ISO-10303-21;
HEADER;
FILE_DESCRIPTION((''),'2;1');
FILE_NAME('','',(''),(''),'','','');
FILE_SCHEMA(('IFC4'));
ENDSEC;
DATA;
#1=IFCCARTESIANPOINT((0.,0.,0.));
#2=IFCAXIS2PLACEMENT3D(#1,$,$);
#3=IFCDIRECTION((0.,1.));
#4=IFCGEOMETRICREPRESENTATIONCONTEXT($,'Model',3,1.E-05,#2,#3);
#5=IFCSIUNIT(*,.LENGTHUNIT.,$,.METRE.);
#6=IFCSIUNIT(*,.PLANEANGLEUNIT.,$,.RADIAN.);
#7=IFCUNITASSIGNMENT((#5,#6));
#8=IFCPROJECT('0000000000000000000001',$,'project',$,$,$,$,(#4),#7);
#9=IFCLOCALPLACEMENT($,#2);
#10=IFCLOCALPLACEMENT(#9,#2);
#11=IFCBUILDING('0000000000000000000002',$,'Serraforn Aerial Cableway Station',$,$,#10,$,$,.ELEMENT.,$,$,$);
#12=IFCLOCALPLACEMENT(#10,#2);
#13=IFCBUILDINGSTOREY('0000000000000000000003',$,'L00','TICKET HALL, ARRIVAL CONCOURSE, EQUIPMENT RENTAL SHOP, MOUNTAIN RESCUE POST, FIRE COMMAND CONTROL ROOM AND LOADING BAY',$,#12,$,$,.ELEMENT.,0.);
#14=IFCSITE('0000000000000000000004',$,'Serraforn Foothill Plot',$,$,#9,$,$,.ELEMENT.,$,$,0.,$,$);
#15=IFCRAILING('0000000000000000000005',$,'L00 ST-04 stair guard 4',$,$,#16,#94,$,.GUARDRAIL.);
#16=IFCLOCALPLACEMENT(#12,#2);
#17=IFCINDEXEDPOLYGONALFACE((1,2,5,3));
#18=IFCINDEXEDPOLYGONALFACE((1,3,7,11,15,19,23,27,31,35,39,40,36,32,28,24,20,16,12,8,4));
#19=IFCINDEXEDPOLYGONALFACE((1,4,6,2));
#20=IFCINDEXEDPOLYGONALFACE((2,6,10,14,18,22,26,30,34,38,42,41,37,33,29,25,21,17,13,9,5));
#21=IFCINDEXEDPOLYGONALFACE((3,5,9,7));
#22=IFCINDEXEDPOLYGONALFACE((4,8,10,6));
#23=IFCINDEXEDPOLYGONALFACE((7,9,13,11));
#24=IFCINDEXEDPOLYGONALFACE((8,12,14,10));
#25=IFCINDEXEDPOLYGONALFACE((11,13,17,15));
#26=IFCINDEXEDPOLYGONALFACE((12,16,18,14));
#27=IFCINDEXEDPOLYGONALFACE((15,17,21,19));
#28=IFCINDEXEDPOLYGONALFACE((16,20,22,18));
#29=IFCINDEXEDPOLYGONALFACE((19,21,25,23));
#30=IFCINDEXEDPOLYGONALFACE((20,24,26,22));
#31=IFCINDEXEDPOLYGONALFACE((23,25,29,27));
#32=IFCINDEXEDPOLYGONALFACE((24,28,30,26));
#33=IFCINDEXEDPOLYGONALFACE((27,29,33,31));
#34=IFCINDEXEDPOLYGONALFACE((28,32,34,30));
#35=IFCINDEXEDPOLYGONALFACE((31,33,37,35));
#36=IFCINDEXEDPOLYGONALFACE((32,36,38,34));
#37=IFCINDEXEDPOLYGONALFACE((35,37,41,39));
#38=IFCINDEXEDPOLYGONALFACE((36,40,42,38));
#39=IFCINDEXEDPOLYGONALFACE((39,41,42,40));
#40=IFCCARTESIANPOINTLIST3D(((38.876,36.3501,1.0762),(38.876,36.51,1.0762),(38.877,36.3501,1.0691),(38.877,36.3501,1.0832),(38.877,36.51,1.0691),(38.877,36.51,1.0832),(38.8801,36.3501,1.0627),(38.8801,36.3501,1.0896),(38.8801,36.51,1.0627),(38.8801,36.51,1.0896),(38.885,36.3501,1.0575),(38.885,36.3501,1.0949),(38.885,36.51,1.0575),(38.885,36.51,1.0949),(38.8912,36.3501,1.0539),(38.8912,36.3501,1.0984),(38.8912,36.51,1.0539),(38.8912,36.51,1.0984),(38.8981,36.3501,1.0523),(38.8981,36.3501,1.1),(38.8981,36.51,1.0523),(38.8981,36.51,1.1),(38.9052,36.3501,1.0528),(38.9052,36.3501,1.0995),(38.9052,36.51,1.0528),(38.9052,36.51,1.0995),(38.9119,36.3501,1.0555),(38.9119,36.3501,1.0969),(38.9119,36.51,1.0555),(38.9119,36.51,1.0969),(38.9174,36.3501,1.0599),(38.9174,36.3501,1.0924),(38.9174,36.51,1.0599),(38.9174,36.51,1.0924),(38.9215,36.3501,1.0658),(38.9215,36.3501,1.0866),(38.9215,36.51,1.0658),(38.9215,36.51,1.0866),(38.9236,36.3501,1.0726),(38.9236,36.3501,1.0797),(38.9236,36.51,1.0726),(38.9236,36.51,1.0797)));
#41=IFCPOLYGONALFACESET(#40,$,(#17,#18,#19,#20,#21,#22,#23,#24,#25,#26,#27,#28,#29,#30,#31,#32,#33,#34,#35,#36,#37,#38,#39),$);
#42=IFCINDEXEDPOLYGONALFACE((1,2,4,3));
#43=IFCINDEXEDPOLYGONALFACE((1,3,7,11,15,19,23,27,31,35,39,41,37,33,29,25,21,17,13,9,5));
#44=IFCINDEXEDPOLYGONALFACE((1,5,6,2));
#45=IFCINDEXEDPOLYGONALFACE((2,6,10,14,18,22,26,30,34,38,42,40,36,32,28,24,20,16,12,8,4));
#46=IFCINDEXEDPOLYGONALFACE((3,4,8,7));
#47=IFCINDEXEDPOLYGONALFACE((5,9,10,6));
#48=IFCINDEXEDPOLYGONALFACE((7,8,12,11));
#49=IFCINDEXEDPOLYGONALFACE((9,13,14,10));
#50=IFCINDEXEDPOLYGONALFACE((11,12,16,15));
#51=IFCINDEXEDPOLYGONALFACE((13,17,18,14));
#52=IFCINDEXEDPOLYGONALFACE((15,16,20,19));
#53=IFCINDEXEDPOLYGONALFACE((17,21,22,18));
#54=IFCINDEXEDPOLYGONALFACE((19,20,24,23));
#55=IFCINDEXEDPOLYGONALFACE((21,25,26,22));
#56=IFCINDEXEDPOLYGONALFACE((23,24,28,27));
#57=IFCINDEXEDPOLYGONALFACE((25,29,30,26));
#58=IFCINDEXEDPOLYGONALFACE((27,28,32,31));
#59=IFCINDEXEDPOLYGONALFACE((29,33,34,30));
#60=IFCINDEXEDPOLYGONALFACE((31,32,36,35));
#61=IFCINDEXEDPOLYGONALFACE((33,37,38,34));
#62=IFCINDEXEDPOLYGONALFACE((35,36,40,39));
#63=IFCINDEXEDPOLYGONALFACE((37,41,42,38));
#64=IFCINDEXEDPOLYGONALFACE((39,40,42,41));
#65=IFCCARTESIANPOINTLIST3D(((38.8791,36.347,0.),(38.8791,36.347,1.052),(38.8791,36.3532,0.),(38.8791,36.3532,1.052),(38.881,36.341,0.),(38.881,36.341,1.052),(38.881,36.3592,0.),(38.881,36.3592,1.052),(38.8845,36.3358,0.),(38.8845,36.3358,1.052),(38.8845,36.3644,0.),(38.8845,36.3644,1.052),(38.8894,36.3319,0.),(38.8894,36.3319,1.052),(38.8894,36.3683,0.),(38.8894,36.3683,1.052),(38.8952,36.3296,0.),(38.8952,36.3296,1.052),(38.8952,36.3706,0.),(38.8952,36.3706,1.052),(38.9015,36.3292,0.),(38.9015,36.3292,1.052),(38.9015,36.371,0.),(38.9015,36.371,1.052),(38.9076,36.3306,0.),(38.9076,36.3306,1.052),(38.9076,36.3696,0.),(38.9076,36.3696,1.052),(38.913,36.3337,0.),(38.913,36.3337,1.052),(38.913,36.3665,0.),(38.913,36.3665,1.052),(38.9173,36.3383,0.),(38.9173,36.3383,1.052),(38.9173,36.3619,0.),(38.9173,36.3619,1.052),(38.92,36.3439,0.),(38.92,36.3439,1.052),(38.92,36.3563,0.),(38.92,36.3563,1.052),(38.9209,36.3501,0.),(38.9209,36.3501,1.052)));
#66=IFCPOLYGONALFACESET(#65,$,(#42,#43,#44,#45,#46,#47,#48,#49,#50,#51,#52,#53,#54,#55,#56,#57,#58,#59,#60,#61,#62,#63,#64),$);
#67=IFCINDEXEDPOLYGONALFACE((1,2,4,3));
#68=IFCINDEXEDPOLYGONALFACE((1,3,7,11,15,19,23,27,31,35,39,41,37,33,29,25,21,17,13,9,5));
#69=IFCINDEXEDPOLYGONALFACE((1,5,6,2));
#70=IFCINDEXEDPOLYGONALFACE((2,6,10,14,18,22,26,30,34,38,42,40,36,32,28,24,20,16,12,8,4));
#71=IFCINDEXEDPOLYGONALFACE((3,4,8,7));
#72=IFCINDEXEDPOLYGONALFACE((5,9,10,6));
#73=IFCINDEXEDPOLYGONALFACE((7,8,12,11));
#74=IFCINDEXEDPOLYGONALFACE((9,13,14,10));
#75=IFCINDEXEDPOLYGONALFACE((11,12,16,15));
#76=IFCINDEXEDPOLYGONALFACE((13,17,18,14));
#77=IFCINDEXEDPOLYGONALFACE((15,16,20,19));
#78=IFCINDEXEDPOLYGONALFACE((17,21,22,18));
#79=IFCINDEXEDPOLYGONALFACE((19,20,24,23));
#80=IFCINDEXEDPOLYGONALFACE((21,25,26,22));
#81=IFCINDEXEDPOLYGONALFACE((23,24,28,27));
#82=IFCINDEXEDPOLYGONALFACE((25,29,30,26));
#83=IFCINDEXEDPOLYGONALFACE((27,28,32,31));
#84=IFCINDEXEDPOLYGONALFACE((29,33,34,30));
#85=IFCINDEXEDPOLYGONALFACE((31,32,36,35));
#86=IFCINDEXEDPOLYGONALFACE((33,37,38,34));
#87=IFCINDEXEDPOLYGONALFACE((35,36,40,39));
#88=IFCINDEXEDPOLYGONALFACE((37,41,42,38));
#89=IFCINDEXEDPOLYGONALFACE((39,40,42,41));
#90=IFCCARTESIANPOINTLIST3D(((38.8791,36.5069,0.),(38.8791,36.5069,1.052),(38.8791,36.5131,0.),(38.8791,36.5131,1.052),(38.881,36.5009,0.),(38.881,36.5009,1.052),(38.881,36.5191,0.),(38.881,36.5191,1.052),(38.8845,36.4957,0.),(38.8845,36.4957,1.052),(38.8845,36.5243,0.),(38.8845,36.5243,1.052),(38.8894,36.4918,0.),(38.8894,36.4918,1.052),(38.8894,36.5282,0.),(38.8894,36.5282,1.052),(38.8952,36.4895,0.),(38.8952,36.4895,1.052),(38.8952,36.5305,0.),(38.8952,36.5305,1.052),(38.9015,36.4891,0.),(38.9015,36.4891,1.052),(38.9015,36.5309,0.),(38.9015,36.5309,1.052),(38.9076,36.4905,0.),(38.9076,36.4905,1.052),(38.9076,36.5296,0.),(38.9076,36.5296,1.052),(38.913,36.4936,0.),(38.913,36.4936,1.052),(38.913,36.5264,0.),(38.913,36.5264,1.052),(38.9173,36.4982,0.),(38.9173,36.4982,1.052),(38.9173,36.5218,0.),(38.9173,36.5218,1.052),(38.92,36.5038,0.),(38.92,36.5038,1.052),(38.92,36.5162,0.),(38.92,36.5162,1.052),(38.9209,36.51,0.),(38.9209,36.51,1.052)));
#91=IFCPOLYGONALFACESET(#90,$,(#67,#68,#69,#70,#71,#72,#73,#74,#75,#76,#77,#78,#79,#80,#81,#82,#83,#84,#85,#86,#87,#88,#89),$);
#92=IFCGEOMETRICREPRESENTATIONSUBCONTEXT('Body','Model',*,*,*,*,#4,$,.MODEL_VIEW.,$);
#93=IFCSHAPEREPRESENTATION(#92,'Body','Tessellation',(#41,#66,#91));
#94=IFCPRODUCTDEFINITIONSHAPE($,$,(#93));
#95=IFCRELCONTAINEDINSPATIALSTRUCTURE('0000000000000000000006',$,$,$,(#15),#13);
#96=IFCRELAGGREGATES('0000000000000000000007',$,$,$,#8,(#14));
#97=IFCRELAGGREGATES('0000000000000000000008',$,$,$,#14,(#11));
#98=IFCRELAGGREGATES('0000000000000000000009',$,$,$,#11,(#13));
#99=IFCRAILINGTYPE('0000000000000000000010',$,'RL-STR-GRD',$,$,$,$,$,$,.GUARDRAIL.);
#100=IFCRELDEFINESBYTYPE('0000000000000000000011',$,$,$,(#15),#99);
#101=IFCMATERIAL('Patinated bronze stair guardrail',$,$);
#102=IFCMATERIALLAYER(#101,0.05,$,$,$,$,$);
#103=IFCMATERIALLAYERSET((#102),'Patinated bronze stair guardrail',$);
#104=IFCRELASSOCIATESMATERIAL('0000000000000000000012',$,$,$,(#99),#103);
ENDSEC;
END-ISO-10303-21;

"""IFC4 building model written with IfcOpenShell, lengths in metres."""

from ifc_helpers import new_model, si_unit, direction, frame, origin, origin_2d, place, context, subcontext, project, spatial, circle, extrude, material, layer, layer_set, type_object, element, save


model = new_model("IFC4")

# Units and contexts
model_context = context("Model", 3, precision=1e-05, world=origin(), true_north=direction((0.0, 1.0)))
body_context = subcontext(model_context, "Body", "Model", "MODEL_VIEW")
ifc_project = project(units=[si_unit("LENGTHUNIT", "METRE"), si_unit("PLANEANGLEUNIT", "RADIAN")], contexts=[model_context])

# Site, building, storey
site_placement = place(None, origin())
site = spatial("IfcSite", under=ifc_project, at=site_placement, Name="Serraforn Foothill Plot", CompositionType="ELEMENT", RefElevation=0.0)
building_placement = place(site_placement, origin())
building = spatial("IfcBuilding", under=site, at=building_placement, Name="Serraforn Aerial Cableway Station", CompositionType="ELEMENT")
storey_placement = place(building_placement, origin())
storey = spatial("IfcBuildingStorey", under=building, at=storey_placement, Name="L00", Description="TICKET HALL, ARRIVAL CONCOURSE, EQUIPMENT RENTAL SHOP, MOUNTAIN RESCUE POST, FIRE COMMAND CONTROL ROOM AND LOADING BAY", CompositionType="ELEMENT", Elevation=0.0)

# Railing
ifc_material_1 = material(Name="Patinated bronze stair guardrail")
ifc_layer_1 = layer(ifc_material_1, 0.05)
ifc_layer_set_1 = layer_set([ifc_layer_1], Name="Patinated bronze stair guardrail")
railing_type_1 = type_object("IfcRailingType", Name="RL-STR-GRD", PredefinedType="GUARDRAIL", material=ifc_layer_set_1)
railing_1_placement = place(storey_placement, frame((38.8999, 36.3501, 0.0)))
element("IfcRailing", 1, at=railing_1_placement, inside=storey, type_object=railing_type_1, Name="L00 ST-04 stair guard 4", PredefinedType="GUARDRAIL", context=body_context, shape_type="SweptSolid", body=[
    extrude(circle(Radius=0.0239, at=origin_2d()), frame((0.0, 0.0, 1.0762), z_axis=(0.0, 1.0, 0.0), x_axis=(-1.0, 0.0, 0.0)), (0.0, 0.0, 1.0), 0.1599),
    extrude(circle(Radius=0.021, at=origin_2d()), origin(), (0.0, 0.0, 1.0), 1.052),
    extrude(circle(Radius=0.021, at=origin_2d()), frame((0.0, 0.1599, 0.0)), (0.0, 0.0, 1.0), 1.052),
])

save(model, "model.ifc")
